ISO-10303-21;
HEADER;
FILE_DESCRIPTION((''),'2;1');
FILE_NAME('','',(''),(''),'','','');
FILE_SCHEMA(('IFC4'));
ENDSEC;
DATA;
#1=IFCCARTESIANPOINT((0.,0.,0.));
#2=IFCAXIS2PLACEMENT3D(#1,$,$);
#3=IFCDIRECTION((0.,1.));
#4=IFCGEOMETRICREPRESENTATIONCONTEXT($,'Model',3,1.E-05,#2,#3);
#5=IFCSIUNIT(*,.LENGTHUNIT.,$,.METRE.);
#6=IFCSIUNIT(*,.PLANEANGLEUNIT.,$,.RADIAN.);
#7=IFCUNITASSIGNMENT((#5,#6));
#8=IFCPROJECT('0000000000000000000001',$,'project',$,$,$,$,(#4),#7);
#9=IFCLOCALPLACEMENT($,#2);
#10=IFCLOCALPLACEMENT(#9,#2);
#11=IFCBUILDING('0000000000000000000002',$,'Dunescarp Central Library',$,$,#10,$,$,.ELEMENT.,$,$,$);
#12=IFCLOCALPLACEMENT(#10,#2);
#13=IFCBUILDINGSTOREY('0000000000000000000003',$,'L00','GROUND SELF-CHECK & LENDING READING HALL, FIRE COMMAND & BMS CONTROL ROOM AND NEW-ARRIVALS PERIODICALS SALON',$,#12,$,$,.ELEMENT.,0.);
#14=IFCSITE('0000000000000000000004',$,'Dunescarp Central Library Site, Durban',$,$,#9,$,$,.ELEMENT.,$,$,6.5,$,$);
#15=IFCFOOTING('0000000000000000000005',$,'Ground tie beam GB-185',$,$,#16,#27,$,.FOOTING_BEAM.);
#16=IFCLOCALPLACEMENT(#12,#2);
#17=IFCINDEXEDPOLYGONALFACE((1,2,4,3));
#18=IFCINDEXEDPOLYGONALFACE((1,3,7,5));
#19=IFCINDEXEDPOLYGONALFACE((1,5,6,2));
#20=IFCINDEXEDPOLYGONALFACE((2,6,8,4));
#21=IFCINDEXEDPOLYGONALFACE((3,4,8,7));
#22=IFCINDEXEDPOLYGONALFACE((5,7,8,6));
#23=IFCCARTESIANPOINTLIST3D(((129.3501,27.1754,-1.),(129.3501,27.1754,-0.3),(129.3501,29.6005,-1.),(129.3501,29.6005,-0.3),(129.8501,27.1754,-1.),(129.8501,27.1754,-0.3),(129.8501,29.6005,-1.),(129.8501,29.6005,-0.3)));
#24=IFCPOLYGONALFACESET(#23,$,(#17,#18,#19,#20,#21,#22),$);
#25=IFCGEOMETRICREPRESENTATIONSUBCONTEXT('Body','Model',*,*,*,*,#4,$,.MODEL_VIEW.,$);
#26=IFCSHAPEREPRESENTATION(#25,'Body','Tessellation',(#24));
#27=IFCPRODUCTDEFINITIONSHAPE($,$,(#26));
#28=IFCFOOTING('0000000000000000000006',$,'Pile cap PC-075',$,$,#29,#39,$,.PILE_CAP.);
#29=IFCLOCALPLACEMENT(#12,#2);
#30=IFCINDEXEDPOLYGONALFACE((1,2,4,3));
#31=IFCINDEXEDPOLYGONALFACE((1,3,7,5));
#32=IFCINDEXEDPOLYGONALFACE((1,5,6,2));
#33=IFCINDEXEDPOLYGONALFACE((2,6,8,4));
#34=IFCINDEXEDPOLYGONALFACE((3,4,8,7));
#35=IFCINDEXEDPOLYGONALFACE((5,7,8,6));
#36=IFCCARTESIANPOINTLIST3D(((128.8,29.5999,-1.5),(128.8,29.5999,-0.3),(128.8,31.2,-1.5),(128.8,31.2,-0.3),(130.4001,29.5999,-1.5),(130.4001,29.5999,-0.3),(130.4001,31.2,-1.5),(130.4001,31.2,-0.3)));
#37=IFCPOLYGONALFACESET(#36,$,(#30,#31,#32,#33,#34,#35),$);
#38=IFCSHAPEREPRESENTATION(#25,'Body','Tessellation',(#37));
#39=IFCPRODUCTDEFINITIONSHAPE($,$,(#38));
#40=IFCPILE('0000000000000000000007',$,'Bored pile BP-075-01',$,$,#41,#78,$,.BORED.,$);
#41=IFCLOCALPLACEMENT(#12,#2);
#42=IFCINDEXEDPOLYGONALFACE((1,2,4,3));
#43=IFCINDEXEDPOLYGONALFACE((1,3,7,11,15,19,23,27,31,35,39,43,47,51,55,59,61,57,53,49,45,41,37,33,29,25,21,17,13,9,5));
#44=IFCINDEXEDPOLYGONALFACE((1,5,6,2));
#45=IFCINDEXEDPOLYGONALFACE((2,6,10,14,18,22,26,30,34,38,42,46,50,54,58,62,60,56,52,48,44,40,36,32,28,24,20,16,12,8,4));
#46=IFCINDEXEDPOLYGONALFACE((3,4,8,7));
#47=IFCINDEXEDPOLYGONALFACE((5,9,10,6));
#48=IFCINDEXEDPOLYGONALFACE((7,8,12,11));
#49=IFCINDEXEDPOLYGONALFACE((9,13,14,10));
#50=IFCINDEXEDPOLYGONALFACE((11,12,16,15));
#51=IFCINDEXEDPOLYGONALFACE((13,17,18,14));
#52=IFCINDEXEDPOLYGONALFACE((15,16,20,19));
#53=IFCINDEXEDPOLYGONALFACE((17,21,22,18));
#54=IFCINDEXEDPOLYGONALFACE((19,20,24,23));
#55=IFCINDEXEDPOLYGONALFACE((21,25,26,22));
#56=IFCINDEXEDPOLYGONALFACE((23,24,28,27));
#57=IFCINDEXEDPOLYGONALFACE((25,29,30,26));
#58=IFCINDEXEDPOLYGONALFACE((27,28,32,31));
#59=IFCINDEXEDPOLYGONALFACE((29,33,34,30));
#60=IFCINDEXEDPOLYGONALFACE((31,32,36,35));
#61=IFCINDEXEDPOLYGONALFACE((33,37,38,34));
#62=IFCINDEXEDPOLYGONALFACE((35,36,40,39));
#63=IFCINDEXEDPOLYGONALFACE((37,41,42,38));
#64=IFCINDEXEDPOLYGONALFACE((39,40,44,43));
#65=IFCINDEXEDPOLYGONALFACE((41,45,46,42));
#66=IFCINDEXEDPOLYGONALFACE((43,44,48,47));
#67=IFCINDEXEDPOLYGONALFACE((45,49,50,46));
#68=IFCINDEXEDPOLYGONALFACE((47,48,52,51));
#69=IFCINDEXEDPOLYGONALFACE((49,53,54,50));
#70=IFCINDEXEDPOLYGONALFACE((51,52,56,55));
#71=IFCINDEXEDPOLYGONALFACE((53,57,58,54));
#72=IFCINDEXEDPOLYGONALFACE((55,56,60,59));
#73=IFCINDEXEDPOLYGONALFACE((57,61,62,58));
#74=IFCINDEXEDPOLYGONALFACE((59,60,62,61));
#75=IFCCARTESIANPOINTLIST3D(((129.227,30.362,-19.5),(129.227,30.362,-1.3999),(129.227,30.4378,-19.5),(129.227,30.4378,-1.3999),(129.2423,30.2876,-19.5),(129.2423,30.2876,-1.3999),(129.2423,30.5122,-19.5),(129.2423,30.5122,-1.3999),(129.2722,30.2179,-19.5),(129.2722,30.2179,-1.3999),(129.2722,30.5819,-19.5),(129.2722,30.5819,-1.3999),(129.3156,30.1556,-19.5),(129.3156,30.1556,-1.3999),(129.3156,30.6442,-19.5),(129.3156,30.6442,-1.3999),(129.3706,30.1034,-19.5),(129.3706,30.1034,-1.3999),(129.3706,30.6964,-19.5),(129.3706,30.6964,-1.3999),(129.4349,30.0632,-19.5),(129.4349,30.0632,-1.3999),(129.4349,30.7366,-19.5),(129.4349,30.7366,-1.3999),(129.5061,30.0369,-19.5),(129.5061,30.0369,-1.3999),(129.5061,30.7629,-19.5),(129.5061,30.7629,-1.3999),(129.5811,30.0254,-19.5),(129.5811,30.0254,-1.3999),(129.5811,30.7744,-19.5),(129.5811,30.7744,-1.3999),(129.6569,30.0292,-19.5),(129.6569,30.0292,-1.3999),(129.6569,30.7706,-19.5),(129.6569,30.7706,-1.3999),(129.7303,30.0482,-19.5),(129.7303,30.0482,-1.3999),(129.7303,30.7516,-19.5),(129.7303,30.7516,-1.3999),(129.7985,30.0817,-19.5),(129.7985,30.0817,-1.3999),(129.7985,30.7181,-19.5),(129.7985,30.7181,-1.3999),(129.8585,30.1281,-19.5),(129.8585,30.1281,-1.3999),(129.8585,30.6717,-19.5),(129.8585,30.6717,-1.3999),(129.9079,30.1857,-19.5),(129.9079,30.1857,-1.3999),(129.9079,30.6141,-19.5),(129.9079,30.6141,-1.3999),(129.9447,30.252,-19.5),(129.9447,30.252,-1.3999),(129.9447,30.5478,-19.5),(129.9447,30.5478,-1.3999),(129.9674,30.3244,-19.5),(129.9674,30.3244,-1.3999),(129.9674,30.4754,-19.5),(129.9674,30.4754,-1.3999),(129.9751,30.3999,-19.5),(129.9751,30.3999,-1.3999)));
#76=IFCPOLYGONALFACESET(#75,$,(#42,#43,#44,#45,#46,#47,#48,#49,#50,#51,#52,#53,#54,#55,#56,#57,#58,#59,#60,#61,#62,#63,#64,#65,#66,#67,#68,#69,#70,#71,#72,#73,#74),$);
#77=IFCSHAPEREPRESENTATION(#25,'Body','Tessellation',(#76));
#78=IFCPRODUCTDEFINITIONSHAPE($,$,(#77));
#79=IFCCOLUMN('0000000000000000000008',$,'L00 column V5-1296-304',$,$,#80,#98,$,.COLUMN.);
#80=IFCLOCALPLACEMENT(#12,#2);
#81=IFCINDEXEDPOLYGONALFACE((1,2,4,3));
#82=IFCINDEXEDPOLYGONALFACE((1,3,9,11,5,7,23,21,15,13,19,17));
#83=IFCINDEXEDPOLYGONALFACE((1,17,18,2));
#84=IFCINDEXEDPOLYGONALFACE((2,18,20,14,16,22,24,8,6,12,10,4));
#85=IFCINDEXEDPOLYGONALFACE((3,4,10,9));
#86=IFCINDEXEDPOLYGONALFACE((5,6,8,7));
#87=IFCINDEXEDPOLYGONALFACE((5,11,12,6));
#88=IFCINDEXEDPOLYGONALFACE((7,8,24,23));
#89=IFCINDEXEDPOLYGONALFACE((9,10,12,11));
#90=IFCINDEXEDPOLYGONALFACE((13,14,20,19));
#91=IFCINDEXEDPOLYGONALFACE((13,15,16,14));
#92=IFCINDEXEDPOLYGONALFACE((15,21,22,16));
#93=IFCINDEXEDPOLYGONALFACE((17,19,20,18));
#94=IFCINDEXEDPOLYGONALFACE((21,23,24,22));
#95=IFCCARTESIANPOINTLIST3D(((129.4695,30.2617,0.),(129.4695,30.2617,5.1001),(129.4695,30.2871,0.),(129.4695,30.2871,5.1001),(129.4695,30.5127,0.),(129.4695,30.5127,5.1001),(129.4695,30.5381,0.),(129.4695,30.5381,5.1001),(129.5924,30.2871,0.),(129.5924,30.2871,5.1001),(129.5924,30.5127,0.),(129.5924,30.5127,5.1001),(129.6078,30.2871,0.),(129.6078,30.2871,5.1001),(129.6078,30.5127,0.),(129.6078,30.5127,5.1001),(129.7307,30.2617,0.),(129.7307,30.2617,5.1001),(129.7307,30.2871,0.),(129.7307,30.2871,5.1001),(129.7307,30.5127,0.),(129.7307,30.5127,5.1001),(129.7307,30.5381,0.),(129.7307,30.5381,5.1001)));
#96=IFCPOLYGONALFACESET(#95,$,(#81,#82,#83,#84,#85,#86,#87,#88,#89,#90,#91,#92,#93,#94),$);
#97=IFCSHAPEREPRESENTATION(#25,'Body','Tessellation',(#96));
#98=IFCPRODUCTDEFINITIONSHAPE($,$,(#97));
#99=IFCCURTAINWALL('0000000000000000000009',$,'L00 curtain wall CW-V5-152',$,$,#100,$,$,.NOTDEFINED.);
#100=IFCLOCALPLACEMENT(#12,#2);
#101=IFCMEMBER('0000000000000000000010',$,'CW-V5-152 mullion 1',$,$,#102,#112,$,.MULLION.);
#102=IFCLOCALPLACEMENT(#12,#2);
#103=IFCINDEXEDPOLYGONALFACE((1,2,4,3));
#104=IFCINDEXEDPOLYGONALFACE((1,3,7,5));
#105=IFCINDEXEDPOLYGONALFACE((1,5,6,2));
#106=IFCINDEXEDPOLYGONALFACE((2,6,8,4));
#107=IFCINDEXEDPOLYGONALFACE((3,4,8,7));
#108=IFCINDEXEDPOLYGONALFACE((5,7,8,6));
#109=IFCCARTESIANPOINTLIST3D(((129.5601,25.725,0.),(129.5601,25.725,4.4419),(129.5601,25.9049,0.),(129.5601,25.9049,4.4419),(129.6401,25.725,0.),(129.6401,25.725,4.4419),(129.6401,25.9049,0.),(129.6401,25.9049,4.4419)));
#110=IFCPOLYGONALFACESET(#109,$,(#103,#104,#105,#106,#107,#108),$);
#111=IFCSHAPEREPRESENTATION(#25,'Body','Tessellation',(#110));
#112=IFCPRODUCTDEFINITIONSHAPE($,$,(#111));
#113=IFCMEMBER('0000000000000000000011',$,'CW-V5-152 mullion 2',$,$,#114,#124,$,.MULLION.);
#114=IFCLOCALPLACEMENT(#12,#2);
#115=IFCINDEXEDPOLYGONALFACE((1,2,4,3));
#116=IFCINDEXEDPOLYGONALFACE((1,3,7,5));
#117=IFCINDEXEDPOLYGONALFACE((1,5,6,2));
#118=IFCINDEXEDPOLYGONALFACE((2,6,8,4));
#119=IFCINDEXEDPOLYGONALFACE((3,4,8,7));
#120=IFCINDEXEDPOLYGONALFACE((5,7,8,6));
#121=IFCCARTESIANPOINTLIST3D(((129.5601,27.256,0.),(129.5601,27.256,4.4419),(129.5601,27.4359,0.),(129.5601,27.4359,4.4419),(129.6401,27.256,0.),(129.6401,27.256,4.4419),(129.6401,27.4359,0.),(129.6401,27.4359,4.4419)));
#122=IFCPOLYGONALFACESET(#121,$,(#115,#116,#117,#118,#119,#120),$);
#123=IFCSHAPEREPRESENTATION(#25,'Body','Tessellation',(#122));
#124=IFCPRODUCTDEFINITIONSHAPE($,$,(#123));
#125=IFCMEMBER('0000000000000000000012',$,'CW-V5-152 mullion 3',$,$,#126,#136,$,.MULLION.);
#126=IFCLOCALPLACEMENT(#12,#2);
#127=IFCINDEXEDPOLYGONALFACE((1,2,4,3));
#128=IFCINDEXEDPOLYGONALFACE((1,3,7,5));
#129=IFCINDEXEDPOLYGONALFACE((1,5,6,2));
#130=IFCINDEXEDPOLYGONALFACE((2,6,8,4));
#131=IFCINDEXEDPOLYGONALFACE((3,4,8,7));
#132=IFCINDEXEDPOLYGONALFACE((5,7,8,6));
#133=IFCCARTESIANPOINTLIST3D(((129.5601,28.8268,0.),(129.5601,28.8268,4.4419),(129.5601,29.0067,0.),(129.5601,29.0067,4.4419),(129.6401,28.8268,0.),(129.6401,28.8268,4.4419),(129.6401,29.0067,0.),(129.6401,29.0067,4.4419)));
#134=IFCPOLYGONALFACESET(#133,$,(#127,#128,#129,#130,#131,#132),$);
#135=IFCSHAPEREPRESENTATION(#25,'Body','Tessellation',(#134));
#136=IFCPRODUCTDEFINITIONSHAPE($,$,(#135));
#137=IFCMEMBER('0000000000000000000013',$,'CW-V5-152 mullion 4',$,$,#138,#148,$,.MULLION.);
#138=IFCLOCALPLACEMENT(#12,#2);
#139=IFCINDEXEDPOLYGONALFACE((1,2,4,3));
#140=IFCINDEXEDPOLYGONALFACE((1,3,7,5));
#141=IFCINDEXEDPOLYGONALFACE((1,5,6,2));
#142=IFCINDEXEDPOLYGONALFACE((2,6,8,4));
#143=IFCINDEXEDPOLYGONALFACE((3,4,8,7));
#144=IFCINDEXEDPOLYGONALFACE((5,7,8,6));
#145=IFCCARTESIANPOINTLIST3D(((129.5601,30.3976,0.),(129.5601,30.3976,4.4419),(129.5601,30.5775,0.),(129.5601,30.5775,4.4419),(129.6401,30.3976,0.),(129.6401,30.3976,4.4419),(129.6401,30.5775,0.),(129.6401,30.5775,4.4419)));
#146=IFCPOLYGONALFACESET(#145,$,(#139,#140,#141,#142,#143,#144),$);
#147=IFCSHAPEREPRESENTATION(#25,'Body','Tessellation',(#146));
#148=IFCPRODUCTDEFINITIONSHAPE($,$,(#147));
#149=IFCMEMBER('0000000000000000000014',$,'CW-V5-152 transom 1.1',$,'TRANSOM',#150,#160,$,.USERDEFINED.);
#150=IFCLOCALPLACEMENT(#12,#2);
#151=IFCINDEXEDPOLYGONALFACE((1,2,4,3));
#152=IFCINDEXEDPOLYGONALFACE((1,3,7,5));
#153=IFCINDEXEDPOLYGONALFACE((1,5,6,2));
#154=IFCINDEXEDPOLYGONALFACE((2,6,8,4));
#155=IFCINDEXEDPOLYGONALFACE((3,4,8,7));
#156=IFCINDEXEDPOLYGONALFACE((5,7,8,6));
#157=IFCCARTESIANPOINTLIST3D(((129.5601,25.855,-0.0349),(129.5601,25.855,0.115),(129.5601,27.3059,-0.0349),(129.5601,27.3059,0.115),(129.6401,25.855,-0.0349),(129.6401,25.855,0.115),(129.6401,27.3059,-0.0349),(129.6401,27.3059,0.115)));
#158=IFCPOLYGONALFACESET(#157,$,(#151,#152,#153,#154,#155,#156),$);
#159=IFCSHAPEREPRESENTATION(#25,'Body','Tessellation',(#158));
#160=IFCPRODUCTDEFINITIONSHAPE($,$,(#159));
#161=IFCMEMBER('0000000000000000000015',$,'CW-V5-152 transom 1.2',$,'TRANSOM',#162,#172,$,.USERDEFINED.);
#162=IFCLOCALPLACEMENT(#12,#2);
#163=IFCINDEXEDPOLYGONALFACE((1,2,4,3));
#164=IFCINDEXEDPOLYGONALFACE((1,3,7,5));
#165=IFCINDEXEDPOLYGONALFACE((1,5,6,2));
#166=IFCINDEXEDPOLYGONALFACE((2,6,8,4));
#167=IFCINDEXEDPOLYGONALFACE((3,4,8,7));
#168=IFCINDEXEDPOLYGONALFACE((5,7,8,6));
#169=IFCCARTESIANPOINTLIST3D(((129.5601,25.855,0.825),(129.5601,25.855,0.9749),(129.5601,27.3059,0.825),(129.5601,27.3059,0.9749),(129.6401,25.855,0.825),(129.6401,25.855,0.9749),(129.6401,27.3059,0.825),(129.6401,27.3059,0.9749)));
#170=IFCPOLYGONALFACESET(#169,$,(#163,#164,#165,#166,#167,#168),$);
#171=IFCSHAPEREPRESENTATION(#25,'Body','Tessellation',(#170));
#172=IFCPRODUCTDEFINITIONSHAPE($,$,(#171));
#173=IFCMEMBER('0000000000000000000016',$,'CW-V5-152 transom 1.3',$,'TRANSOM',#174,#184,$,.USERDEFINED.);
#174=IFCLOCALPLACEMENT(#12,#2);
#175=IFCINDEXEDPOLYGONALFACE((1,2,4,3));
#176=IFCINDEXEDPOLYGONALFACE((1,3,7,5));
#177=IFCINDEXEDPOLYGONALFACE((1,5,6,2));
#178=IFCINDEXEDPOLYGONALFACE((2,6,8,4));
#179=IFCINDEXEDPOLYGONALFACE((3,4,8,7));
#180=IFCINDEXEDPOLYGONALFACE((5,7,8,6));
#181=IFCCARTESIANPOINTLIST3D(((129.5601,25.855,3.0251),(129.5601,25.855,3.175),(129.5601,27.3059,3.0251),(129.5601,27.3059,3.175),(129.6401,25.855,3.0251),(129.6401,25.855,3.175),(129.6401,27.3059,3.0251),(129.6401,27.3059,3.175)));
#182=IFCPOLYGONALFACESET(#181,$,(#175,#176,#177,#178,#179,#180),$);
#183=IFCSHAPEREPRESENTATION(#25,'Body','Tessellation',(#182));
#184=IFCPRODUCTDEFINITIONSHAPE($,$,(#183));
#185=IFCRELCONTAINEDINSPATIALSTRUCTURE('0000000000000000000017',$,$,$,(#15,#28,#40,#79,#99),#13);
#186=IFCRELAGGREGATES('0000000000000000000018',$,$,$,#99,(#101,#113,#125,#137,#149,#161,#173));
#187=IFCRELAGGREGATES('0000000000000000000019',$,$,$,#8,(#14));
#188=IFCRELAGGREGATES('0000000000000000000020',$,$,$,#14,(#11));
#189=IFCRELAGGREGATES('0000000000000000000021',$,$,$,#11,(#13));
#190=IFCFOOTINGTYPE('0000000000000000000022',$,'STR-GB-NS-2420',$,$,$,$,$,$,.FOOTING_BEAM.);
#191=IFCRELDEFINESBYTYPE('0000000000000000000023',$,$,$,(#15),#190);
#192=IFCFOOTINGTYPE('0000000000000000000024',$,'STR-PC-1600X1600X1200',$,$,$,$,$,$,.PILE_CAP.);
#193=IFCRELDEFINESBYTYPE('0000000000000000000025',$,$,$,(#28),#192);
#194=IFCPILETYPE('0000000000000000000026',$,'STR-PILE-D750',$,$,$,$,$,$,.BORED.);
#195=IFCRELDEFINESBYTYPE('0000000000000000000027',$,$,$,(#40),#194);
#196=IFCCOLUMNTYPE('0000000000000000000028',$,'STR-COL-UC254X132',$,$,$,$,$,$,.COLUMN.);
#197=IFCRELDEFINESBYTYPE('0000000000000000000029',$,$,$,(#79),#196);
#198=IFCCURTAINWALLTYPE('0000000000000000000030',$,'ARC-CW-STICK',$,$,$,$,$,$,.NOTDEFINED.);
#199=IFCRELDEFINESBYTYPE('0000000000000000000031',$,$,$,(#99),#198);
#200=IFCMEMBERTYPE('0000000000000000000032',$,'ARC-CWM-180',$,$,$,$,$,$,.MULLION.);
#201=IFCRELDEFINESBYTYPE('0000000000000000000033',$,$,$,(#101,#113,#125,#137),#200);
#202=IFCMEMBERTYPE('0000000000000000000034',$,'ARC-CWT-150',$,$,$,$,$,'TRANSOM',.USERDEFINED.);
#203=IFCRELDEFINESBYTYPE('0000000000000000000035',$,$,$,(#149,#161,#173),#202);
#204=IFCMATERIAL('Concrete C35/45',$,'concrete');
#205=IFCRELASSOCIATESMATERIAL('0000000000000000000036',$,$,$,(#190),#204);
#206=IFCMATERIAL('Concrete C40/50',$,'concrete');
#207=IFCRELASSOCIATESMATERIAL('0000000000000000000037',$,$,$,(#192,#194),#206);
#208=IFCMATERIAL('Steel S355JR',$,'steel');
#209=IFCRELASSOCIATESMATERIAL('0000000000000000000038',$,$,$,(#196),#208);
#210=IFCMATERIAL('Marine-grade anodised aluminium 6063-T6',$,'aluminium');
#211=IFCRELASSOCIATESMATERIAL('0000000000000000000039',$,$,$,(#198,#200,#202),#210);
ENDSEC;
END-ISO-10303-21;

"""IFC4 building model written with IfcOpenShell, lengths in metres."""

from ifc_helpers import new_model, si_unit, direction, frame, origin, origin_2d, place, context, subcontext, project, spatial, rectangle, circle, i_section, extrude, material, material_profile, profile_set, type_object, element, aggregate, save


model = new_model("IFC4")

# Units and contexts
model_context = context("Model", 3, precision=1e-05, world=origin(), true_north=direction((0.0, 1.0)))
body_context = subcontext(model_context, "Body", "Model", "MODEL_VIEW")
ifc_project = project(units=[si_unit("LENGTHUNIT", "METRE"), si_unit("PLANEANGLEUNIT", "RADIAN")], contexts=[model_context])

# Site, building, storey
site_placement = place(None, origin())
site = spatial("IfcSite", under=ifc_project, at=site_placement, Name="Dunescarp Central Library Site, Durban", CompositionType="ELEMENT", RefElevation=6.5)
building_placement = place(site_placement, origin())
building = spatial("IfcBuilding", under=site, at=building_placement, Name="Dunescarp Central Library", CompositionType="ELEMENT")
storey_placement = place(building_placement, origin())
storey = spatial("IfcBuildingStorey", under=building, at=storey_placement, Name="L00", Description="GROUND SELF-CHECK & LENDING READING HALL, FIRE COMMAND & BMS CONTROL ROOM AND NEW-ARRIVALS PERIODICALS SALON", CompositionType="ELEMENT", Elevation=0.0)

# Footings
ifc_material_1 = material(Name="Concrete C35/45", Category="concrete")
footing_type_1 = type_object("IfcFootingType", Name="STR-GB-NS-2420", PredefinedType="FOOTING_BEAM", material=ifc_material_1)
footing_1_placement = place(storey_placement, frame((129.6001, 28.3879, -1.0), z_axis=(0.0, 0.0, 1.0), x_axis=(0.0, 1.0, 0.0)))
element("IfcFooting", 1, at=footing_1_placement, inside=storey, type_object=footing_type_1, Name="Ground tie beam GB-185", PredefinedType="FOOTING_BEAM", context=body_context, shape_type="SweptSolid", body=[
    extrude(rectangle(XDim=2.425, YDim=0.5, at=origin_2d()), origin(), (0.0, 0.0, 1.0), 0.7),
])
ifc_material_2 = material(Name="Concrete C40/50", Category="concrete")
footing_type_2 = type_object("IfcFootingType", Name="STR-PC-1600X1600X1200", PredefinedType="PILE_CAP", material=ifc_material_2)
footing_2_placement = place(storey_placement, frame((129.6001, 30.3999, -1.5), z_axis=(0.0, 0.0, 1.0), x_axis=(1.0, 0.0, 0.0)))
element("IfcFooting", 2, at=footing_2_placement, inside=storey, type_object=footing_type_2, Name="Pile cap PC-075", PredefinedType="PILE_CAP", context=body_context, shape_type="SweptSolid", body=[
    extrude(rectangle(XDim=1.6001, YDim=1.6001, at=origin_2d()), origin(), (0.0, 0.0, 1.0), 1.2),
])

# Pile
ifc_material_profile_1 = material_profile(ifc_material_2, circle(Radius=0.375, at=origin_2d()), Name="PILE D750")
ifc_profile_set_1 = profile_set([ifc_material_profile_1], Name="Concrete C40/50")
pile_type = type_object("IfcPileType", Name="STR-PILE-D750", PredefinedType="BORED", material=ifc_profile_set_1)
pile_placement = place(storey_placement, frame((129.6001, 30.3999, -1.3999), z_axis=(0.0, 0.0, -1.0), x_axis=(1.0, 0.0, 0.0)))
element("IfcPile", 3, at=pile_placement, inside=storey, type_object=pile_type, Name="Bored pile BP-075-01", PredefinedType="BORED", context=body_context, shape_type="SweptSolid", body=[
    extrude(circle(Radius=0.375, at=origin_2d()), origin(), (0.0, 0.0, 1.0), 18.1001),
])

# Column
ifc_material_3 = material(Name="Steel S355JR", Category="steel")
ifc_material_profile_2 = material_profile(ifc_material_3, i_section(OverallWidth=0.2612, OverallDepth=0.2764, WebThickness=0.0154, FlangeThickness=0.0254, at=origin_2d()), Name="UC 254x254x132")
ifc_profile_set_2 = profile_set([ifc_material_profile_2], Name="Steel S355JR")
column_type = type_object("IfcColumnType", Name="STR-COL-UC254X132", PredefinedType="COLUMN", material=ifc_profile_set_2)
column_placement = place(storey_placement, frame((129.6001, 30.3999, 0.0), z_axis=(0.0, 0.0, 1.0), x_axis=(1.0, 0.0, 0.0)))
element("IfcColumn", 4, at=column_placement, inside=storey, type_object=column_type, Name="L00 column V5-1296-304", PredefinedType="COLUMN", context=body_context, shape_type="SweptSolid", body=[
    extrude(i_section(OverallWidth=0.2612, OverallDepth=0.2764, WebThickness=0.0154, FlangeThickness=0.0254, at=origin_2d()), origin(), (0.0, 0.0, 1.0), 5.1001),
])

# Curtain wall, members
ifc_material_4 = material(Name="Marine-grade anodised aluminium 6063-T6", Category="aluminium")
curtain_wall_type = type_object("IfcCurtainWallType", Name="ARC-CW-STICK", PredefinedType="NOTDEFINED", material=ifc_material_4)
curtain_wall_placement = place(storey_placement, origin())
curtain_wall = element("IfcCurtainWall", 5, at=curtain_wall_placement, inside=storey, type_object=curtain_wall_type, Name="L00 curtain wall CW-V5-152", PredefinedType="NOTDEFINED")
ifc_material_profile_3 = material_profile(ifc_material_4, rectangle(XDim=0.0801, YDim=0.1799, at=origin_2d()), Name="AL 80x180")
ifc_profile_set_3 = profile_set([ifc_material_profile_3], Name="Marine-grade anodised aluminium 6063-T6")
member_type_1 = type_object("IfcMemberType", Name="ARC-CWM-180", PredefinedType="MULLION", material=ifc_profile_set_3)
member_1_placement = place(storey_placement, frame((129.6001, 25.8149, 0.0), z_axis=(0.0, 0.0, 1.0), x_axis=(-1.0, 0.0, 0.0)))
member_1 = element("IfcMember", 6, at=member_1_placement, type_object=member_type_1, Name="CW-V5-152 mullion 1", PredefinedType="MULLION", context=body_context, shape_type="SweptSolid", body=[
    extrude(rectangle(XDim=0.0801, YDim=0.1799, at=origin_2d()), origin(), (0.0, 0.0, 1.0), 4.4419),
])
member_2_placement = place(storey_placement, frame((129.6001, 27.3459, 0.0), z_axis=(0.0, 0.0, 1.0), x_axis=(-1.0, 0.0, 0.0)))
member_2 = element("IfcMember", 7, at=member_2_placement, type_object=member_type_1, Name="CW-V5-152 mullion 2", PredefinedType="MULLION", context=body_context, shape_type="SweptSolid", body=[
    extrude(rectangle(XDim=0.0801, YDim=0.1799, at=origin_2d()), origin(), (0.0, 0.0, 1.0), 4.4419),
])
member_3_placement = place(storey_placement, frame((129.6001, 28.9167, 0.0), z_axis=(0.0, 0.0, 1.0), x_axis=(-1.0, 0.0, 0.0)))
member_3 = element("IfcMember", 8, at=member_3_placement, type_object=member_type_1, Name="CW-V5-152 mullion 3", PredefinedType="MULLION", context=body_context, shape_type="SweptSolid", body=[
    extrude(rectangle(XDim=0.0801, YDim=0.1799, at=origin_2d()), origin(), (0.0, 0.0, 1.0), 4.4419),
])
member_4_placement = place(storey_placement, frame((129.6001, 30.4875, 0.0), z_axis=(0.0, 0.0, 1.0), x_axis=(-1.0, 0.0, 0.0)))
member_4 = element("IfcMember", 9, at=member_4_placement, type_object=member_type_1, Name="CW-V5-152 mullion 4", PredefinedType="MULLION", context=body_context, shape_type="SweptSolid", body=[
    extrude(rectangle(XDim=0.0801, YDim=0.1799, at=origin_2d()), origin(), (0.0, 0.0, 1.0), 4.4419),
])
ifc_material_profile_4 = material_profile(ifc_material_4, rectangle(XDim=0.0801, YDim=0.1499, at=origin_2d()), Name="AL 80x150")
ifc_profile_set_4 = profile_set([ifc_material_profile_4], Name="Marine-grade anodised aluminium 6063-T6")
member_type_2 = type_object("IfcMemberType", Name="ARC-CWT-150", ElementType="TRANSOM", PredefinedType="USERDEFINED", material=ifc_profile_set_4)
member_5_placement = place(storey_placement, frame((129.6001, 25.855, 0.04), z_axis=(0.0, 1.0, 0.0), x_axis=(-1.0, 0.0, 0.0)))
member_5 = element("IfcMember", 10, at=member_5_placement, type_object=member_type_2, Name="CW-V5-152 transom 1.1", ObjectType="TRANSOM", PredefinedType="USERDEFINED", context=body_context, shape_type="SweptSolid", body=[
    extrude(rectangle(XDim=0.0801, YDim=0.1499, at=origin_2d()), origin(), (0.0, 0.0, 1.0), 1.4509),
])
member_6_placement = place(storey_placement, frame((129.6001, 25.855, 0.8999), z_axis=(0.0, 1.0, 0.0), x_axis=(-1.0, 0.0, 0.0)))
member_6 = element("IfcMember", 11, at=member_6_placement, type_object=member_type_2, Name="CW-V5-152 transom 1.2", ObjectType="TRANSOM", PredefinedType="USERDEFINED", context=body_context, shape_type="SweptSolid", body=[
    extrude(rectangle(XDim=0.0801, YDim=0.1499, at=origin_2d()), origin(), (0.0, 0.0, 1.0), 1.4509),
])
member_7_placement = place(storey_placement, frame((129.6001, 25.855, 3.1001), z_axis=(0.0, 1.0, 0.0), x_axis=(-1.0, 0.0, 0.0)))
member_7 = element("IfcMember", 12, at=member_7_placement, type_object=member_type_2, Name="CW-V5-152 transom 1.3", ObjectType="TRANSOM", PredefinedType="USERDEFINED", context=body_context, shape_type="SweptSolid", body=[
    extrude(rectangle(XDim=0.0801, YDim=0.1499, at=origin_2d()), origin(), (0.0, 0.0, 1.0), 1.4509),
])
aggregate(curtain_wall, [member_1, member_2, member_3, member_4, member_5, member_6, member_7])

save(model, "model.ifc")
